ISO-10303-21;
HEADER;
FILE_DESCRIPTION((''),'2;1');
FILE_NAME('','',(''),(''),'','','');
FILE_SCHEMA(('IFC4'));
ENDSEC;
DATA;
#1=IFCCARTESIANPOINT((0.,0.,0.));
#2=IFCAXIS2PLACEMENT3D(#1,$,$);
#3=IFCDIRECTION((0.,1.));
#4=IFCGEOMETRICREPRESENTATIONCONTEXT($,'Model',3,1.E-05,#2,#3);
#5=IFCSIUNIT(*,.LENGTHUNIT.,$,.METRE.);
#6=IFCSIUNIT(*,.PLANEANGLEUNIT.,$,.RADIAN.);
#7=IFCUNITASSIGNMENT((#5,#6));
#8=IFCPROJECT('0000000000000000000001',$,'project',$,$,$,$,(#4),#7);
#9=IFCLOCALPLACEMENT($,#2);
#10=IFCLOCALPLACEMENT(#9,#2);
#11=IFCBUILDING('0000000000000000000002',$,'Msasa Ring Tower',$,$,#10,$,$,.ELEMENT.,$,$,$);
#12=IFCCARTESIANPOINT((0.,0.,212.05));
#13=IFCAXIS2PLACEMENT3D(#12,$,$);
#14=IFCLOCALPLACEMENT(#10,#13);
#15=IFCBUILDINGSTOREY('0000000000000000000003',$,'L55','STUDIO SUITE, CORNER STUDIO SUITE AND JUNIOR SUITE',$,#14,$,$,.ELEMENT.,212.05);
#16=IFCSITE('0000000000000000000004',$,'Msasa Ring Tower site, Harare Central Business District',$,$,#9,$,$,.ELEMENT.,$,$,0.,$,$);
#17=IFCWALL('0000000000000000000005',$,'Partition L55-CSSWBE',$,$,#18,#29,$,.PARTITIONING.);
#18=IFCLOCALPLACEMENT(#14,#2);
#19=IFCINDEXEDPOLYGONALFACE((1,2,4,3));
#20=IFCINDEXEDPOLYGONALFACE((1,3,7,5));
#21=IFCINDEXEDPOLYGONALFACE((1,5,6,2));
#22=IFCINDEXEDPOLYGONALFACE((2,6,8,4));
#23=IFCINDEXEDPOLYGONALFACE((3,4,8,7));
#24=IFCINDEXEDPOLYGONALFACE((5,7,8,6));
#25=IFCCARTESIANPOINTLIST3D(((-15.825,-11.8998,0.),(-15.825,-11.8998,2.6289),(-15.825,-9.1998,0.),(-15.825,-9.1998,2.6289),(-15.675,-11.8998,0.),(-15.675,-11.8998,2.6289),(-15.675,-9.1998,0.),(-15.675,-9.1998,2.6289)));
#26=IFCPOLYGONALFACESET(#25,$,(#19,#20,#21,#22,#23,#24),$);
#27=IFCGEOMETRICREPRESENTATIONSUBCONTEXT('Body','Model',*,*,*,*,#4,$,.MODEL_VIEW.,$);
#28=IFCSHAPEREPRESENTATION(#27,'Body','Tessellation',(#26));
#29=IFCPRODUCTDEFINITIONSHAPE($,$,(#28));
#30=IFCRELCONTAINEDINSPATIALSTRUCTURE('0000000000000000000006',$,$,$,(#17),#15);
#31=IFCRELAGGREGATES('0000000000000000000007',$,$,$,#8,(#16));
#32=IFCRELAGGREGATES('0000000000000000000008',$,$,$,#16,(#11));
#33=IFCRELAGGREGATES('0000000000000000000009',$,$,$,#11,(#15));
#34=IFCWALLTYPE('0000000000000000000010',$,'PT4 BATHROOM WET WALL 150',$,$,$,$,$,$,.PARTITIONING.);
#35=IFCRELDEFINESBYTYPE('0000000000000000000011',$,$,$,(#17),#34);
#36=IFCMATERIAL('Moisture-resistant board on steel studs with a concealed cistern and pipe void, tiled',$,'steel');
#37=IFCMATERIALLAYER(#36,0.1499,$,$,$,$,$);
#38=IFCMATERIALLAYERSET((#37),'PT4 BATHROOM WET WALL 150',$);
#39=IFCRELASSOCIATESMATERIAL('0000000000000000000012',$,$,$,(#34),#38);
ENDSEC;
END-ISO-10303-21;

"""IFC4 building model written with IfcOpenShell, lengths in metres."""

from ifc_helpers import new_model, si_unit, direction, frame, frame_2d, origin, place, context, subcontext, project, spatial, rectangle, extrude, material, layer, layer_set, type_object, element, save


model = new_model("IFC4")

# Units and contexts
model_context = context("Model", 3, precision=1e-05, world=origin(), true_north=direction((0.0, 1.0)))
body_context = subcontext(model_context, "Body", "Model", "MODEL_VIEW")
ifc_project = project(units=[si_unit("LENGTHUNIT", "METRE"), si_unit("PLANEANGLEUNIT", "RADIAN")], contexts=[model_context])

# Site, building, storey
site_placement = place(None, origin())
site = spatial("IfcSite", under=ifc_project, at=site_placement, Name="Msasa Ring Tower site, Harare Central Business District", CompositionType="ELEMENT", RefElevation=0.0)
building_placement = place(site_placement, origin())
building = spatial("IfcBuilding", under=site, at=building_placement, Name="Msasa Ring Tower", CompositionType="ELEMENT")
storey_placement = place(building_placement, frame((0.0, 0.0, 212.05)))
storey = spatial("IfcBuildingStorey", under=building, at=storey_placement, Name="L55", Description="STUDIO SUITE, CORNER STUDIO SUITE AND JUNIOR SUITE", CompositionType="ELEMENT", Elevation=212.05)

# Shared definitions
ifc_material_1 = material(Name="Moisture-resistant board on steel studs with a concealed cistern and pipe void, tiled", Category="steel")
ifc_layer_1 = layer(ifc_material_1, 0.1499)
ifc_layer_set_1 = layer_set([ifc_layer_1], Name="PT4 BATHROOM WET WALL 150")
wall_type = type_object("IfcWallType", Name="PT4 BATHROOM WET WALL 150", PredefinedType="PARTITIONING", material=ifc_layer_set_1)

# Wall
wall_1_placement = place(storey_placement, frame((-15.75, -11.8999, 0.0), z_axis=(0.0, 0.0, 1.0), x_axis=(0.0, 1.0, 0.0)))
element("IfcWall", 1, at=wall_1_placement, inside=storey, type_object=wall_type, Name="Partition L55-CSSWBE", PredefinedType="PARTITIONING", context=body_context, shape_type="SweptSolid", body=[
    extrude(rectangle(XDim=2.7, YDim=0.1499, at=frame_2d((1.3501, 0.0))), origin(), (0.0, 0.0, 1.0), 2.6289),
])

save(model, "model.ifc")
